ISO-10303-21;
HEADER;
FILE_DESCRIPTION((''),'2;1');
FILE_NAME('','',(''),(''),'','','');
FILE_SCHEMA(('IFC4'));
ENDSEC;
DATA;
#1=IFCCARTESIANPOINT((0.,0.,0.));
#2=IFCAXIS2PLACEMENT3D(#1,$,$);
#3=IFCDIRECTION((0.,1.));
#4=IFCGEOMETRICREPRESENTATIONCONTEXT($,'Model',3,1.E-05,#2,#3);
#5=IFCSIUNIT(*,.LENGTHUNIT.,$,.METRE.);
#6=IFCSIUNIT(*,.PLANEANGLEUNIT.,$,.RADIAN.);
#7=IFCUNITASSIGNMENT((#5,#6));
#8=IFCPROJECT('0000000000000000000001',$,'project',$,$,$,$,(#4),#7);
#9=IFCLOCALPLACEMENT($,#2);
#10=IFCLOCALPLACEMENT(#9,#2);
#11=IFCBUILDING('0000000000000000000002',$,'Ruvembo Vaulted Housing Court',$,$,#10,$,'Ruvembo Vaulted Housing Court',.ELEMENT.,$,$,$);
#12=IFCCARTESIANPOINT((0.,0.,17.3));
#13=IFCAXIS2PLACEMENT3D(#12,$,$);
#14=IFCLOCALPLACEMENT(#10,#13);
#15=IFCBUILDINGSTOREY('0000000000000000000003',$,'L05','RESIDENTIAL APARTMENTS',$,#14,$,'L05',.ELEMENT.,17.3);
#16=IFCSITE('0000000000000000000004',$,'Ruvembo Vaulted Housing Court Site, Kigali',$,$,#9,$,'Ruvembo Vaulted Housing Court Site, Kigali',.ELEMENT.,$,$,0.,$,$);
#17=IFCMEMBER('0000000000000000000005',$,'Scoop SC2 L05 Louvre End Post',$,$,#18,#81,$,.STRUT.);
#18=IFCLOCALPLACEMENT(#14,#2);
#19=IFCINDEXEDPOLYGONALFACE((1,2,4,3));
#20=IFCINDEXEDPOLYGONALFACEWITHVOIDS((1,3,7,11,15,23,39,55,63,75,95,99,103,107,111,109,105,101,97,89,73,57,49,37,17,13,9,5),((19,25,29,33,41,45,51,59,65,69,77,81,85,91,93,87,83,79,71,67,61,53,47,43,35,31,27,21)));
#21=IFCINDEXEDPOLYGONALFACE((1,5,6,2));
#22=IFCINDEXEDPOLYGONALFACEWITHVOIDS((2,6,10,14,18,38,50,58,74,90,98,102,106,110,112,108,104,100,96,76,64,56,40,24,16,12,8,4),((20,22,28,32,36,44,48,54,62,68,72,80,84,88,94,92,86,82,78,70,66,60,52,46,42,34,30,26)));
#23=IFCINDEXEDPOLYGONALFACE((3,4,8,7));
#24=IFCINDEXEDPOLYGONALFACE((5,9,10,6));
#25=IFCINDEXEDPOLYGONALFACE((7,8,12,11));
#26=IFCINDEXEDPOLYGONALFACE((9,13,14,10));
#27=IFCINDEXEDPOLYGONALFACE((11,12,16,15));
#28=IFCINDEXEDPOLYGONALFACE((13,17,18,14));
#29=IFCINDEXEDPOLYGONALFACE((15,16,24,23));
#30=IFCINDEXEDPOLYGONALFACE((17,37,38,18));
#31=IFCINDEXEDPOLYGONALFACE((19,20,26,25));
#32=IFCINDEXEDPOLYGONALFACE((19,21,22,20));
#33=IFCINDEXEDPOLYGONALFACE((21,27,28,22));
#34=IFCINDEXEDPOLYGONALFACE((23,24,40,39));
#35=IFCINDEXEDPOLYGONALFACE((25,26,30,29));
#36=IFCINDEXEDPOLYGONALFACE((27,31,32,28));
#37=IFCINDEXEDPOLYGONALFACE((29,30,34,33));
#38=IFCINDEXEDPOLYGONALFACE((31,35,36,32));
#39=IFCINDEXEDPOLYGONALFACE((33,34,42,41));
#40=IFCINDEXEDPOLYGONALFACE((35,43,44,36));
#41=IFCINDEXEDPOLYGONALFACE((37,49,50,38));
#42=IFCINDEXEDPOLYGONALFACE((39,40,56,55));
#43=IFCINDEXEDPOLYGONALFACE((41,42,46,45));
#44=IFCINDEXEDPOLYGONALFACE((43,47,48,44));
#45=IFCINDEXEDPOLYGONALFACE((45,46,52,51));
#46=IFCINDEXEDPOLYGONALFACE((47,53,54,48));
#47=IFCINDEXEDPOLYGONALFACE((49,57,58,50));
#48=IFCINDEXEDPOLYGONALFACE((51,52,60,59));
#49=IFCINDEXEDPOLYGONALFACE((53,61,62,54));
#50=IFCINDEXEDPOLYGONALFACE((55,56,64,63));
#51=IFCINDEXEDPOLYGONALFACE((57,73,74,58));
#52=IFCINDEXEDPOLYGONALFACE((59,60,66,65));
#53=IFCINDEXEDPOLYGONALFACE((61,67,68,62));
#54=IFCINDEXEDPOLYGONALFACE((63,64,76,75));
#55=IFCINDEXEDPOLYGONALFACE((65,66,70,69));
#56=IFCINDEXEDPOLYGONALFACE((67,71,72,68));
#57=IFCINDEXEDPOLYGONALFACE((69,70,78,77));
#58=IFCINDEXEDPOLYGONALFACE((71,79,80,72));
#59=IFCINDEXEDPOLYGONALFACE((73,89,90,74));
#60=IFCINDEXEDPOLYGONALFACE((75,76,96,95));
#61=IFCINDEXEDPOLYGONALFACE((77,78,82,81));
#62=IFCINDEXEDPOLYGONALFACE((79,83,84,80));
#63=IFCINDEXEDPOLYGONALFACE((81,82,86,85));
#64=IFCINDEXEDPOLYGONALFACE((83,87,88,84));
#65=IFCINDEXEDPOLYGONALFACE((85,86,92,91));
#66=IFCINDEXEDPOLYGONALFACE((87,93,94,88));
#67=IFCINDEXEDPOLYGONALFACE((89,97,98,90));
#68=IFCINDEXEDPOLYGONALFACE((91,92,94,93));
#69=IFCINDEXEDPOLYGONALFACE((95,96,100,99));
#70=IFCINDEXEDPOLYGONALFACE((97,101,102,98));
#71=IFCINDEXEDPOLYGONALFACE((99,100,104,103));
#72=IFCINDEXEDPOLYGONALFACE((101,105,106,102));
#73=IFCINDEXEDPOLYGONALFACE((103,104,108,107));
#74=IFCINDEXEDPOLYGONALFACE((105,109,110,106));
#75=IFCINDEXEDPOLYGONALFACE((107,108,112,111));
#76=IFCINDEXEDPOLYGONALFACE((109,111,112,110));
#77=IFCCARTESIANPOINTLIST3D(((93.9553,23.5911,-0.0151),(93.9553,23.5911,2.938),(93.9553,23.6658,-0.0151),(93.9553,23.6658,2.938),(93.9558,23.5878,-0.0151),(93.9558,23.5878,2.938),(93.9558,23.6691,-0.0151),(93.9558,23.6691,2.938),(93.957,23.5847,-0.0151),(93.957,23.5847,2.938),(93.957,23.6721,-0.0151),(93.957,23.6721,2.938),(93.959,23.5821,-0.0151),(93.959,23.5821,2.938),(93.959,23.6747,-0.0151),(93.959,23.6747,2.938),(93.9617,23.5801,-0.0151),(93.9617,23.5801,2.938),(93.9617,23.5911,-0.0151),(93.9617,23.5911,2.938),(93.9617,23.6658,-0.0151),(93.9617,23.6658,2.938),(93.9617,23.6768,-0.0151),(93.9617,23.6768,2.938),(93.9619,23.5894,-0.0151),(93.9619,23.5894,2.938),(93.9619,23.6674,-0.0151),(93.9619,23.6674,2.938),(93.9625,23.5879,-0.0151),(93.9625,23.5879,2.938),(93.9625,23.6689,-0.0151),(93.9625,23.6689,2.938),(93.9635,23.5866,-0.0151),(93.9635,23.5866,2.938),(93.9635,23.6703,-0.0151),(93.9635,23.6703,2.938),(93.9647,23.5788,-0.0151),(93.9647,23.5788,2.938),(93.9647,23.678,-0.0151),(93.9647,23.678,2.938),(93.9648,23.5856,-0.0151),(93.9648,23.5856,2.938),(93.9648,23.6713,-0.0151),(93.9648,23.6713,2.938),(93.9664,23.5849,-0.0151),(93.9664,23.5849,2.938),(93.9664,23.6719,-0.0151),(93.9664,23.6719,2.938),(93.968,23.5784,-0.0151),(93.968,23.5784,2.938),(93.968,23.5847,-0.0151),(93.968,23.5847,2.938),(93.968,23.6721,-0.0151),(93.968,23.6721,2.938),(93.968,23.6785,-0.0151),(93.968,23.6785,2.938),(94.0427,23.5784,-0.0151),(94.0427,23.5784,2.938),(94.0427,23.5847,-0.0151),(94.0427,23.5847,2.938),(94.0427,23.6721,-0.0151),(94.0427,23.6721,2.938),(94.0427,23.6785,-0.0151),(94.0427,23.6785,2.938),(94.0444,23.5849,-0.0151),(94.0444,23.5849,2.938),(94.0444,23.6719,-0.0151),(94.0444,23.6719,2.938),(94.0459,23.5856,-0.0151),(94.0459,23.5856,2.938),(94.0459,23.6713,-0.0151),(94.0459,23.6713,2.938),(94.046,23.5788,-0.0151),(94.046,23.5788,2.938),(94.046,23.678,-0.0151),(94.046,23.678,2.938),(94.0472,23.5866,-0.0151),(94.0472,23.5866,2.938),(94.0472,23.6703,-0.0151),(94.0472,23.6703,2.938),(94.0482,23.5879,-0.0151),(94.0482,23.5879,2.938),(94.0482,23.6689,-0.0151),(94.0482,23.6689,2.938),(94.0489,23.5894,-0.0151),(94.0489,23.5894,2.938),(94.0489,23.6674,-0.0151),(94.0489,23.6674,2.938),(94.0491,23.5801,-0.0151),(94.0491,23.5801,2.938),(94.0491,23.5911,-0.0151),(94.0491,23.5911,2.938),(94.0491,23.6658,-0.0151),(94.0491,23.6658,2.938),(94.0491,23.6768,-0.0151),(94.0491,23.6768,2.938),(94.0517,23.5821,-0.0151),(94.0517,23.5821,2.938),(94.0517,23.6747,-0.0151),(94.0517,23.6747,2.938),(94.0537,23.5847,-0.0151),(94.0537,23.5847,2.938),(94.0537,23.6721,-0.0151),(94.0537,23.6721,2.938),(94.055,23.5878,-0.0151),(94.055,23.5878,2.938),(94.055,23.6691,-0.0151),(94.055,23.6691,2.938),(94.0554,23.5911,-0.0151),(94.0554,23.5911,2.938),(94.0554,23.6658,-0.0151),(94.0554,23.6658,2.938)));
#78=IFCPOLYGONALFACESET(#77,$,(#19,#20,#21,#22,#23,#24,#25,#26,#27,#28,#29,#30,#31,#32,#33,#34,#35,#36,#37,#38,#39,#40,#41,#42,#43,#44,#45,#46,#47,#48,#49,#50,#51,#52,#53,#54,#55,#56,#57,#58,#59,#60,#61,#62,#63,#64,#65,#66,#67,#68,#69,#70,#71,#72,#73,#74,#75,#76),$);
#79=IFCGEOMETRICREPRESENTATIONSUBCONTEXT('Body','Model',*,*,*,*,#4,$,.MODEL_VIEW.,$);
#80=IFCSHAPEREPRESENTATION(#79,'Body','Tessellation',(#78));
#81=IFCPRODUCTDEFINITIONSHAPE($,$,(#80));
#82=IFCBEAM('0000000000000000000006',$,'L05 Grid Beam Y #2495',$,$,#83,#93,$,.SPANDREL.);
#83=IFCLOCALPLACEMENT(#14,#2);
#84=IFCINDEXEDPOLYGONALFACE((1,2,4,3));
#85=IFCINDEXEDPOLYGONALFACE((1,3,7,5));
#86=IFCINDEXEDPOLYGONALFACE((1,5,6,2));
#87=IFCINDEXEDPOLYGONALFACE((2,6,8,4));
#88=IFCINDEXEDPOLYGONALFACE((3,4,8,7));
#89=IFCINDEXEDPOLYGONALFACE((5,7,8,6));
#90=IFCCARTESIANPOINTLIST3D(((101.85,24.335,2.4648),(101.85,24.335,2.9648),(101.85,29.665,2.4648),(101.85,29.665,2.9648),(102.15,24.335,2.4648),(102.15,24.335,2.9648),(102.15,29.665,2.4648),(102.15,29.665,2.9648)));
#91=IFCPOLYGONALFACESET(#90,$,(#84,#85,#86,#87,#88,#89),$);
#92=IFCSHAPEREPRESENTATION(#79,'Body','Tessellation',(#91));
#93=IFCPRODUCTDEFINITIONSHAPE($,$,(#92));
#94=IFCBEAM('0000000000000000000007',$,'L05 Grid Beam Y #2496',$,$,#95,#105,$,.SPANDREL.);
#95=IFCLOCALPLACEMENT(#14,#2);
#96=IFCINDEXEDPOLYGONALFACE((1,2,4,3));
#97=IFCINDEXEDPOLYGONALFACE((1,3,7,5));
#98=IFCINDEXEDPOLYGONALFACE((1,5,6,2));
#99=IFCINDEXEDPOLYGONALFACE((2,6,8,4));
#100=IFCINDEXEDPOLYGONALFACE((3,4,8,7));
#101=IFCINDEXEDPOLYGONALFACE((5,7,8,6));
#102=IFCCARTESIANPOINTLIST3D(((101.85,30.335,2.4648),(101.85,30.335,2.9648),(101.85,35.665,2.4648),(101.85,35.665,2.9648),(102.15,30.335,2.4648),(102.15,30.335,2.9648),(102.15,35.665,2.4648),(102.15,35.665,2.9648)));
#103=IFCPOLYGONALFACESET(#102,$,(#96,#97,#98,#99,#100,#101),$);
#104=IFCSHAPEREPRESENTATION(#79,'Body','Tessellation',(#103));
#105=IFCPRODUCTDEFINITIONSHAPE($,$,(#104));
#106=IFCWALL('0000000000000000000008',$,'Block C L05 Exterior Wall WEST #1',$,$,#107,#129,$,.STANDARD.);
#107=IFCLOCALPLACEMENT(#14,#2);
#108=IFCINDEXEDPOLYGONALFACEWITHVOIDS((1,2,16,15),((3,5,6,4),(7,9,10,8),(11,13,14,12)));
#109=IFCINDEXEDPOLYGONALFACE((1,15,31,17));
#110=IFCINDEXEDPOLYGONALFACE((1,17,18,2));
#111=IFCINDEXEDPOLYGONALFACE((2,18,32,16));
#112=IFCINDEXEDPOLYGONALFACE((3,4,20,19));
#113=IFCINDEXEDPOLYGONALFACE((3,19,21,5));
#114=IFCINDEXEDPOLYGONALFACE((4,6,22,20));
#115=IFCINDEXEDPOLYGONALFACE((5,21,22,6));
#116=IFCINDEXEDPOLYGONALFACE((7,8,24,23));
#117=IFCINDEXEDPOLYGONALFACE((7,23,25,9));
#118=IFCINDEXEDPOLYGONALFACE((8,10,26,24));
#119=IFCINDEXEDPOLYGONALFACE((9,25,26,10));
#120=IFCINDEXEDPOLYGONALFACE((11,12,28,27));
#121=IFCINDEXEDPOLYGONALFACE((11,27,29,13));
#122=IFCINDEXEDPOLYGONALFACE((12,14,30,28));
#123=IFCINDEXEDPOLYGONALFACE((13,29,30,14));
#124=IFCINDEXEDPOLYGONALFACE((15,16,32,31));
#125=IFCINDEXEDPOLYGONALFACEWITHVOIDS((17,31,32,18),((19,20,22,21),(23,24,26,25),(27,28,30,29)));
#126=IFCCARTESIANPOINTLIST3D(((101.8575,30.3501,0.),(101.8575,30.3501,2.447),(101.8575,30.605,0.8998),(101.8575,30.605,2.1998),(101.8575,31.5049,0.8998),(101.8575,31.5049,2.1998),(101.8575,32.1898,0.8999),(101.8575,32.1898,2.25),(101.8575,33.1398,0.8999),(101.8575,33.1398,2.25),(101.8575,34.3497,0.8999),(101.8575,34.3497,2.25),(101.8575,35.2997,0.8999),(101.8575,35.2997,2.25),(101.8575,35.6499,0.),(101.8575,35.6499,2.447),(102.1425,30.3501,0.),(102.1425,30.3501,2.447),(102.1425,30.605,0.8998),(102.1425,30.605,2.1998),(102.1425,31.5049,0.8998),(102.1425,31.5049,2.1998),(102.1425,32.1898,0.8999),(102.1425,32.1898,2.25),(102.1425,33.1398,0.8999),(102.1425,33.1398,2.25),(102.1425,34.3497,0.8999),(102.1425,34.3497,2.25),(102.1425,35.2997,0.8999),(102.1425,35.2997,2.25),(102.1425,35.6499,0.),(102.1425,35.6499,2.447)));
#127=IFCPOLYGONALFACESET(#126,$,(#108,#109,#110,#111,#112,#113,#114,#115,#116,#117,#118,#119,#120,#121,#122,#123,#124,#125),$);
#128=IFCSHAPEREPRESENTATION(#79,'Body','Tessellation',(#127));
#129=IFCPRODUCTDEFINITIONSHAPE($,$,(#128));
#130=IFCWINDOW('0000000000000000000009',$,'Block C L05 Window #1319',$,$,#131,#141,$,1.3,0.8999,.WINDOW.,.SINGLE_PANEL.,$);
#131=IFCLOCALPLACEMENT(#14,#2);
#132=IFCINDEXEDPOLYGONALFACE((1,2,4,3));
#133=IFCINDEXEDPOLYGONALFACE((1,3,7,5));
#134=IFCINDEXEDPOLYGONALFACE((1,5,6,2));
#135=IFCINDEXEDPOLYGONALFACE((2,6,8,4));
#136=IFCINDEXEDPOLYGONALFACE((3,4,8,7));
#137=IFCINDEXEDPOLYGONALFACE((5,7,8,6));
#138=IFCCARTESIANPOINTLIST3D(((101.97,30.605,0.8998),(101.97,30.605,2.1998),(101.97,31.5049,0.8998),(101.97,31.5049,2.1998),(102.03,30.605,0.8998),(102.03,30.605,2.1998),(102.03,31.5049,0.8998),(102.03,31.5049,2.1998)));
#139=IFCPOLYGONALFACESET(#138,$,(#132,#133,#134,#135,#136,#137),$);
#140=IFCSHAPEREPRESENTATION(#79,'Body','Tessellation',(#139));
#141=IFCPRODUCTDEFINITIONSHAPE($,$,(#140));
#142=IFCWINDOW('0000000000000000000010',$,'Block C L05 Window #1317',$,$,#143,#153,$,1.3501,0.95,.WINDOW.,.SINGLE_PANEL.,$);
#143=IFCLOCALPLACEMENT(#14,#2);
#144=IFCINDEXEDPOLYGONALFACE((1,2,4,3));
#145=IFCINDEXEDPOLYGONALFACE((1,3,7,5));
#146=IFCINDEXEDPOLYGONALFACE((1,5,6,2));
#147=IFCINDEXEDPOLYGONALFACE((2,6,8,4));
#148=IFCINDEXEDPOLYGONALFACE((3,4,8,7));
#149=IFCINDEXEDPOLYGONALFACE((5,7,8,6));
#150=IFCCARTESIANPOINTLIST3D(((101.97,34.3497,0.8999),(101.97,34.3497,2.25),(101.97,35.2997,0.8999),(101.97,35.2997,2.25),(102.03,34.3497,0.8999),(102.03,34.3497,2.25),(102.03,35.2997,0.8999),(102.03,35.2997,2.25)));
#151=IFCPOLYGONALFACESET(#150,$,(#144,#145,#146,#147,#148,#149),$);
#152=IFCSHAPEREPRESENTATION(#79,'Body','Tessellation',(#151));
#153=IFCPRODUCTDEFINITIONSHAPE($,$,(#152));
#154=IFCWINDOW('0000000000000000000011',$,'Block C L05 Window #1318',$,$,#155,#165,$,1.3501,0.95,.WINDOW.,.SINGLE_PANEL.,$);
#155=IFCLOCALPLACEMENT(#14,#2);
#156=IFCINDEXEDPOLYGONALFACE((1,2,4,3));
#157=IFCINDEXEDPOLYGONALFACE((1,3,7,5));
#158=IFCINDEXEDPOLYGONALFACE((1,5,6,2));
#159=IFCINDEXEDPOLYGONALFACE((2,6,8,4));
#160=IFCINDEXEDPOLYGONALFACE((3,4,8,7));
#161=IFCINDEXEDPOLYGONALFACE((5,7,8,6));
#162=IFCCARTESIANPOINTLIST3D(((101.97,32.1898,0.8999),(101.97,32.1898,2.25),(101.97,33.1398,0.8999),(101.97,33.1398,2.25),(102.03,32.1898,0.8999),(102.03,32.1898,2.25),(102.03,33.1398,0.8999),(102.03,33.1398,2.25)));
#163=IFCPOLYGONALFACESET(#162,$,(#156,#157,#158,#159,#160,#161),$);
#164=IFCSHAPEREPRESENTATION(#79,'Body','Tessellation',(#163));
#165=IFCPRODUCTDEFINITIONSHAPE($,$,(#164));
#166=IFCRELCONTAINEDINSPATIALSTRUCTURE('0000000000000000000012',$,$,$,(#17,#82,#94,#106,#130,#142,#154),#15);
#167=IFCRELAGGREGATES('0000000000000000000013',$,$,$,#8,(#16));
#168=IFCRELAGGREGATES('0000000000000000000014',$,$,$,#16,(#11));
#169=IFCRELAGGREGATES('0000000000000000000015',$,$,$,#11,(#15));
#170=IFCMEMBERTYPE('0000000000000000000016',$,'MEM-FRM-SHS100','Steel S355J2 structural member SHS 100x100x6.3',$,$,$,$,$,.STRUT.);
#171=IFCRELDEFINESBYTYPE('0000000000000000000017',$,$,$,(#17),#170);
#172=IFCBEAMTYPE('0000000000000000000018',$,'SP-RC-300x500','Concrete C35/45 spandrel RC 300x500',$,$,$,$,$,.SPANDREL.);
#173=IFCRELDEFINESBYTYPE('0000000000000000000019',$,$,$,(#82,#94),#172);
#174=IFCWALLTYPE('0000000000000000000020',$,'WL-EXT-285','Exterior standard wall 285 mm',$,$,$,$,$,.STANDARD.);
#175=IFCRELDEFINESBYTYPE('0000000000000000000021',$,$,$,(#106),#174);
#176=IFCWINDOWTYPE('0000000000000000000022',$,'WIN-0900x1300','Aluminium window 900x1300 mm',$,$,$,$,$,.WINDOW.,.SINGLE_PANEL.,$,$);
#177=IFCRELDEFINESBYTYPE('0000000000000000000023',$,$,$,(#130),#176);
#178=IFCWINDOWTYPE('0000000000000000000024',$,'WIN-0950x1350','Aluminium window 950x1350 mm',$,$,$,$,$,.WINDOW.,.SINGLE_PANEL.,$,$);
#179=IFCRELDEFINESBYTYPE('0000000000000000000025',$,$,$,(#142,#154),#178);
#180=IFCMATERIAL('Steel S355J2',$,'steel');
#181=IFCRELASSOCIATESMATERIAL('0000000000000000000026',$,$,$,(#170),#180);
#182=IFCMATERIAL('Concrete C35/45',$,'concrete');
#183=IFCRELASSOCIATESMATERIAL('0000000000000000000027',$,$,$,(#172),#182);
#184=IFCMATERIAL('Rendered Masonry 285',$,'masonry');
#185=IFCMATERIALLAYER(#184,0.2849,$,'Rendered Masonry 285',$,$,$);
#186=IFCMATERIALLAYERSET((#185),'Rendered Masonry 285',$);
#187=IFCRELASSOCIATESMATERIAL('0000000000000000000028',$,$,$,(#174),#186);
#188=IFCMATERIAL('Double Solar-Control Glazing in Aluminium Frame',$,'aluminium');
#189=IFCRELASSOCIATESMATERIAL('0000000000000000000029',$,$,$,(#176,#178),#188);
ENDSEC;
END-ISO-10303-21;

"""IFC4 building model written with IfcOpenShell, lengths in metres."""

from ifc_helpers import new_model, si_unit, direction, frame, frame_2d, origin, origin_2d, place, context, subcontext, project, spatial, rectangle, hollow_rectangle, extrude, material, layer, layer_set, material_profile, profile_set, type_object, element, fill, save


model = new_model("IFC4")

# Units and contexts
model_context = context("Model", 3, precision=1e-05, world=origin(), true_north=direction((0.0, 1.0)))
body_context = subcontext(model_context, "Body", "Model", "MODEL_VIEW")
ifc_project = project(units=[si_unit("LENGTHUNIT", "METRE"), si_unit("PLANEANGLEUNIT", "RADIAN")], contexts=[model_context])

# Site, building, storey
site_placement = place(None, origin())
site = spatial("IfcSite", under=ifc_project, at=site_placement, Name="Ruvembo Vaulted Housing Court Site, Kigali", LongName="Ruvembo Vaulted Housing Court Site, Kigali", CompositionType="ELEMENT", RefElevation=0.0)
building_placement = place(site_placement, origin())
building = spatial("IfcBuilding", under=site, at=building_placement, Name="Ruvembo Vaulted Housing Court", LongName="Ruvembo Vaulted Housing Court", CompositionType="ELEMENT")
storey_placement = place(building_placement, frame((0.0, 0.0, 17.3)))
storey = spatial("IfcBuildingStorey", under=building, at=storey_placement, Name="L05", Description="RESIDENTIAL APARTMENTS", LongName="L05", CompositionType="ELEMENT", Elevation=17.3)

# Shared definitions
ifc_material_1 = material(Name="Concrete C35/45", Category="concrete")

# Shared definitions
ifc_material_2 = material(Name="Steel S355J2", Category="steel")

# Member
ifc_material_profile_1 = material_profile(ifc_material_2, hollow_rectangle(XDim=0.1001, YDim=0.1001, WallThickness=0.0063, InnerFilletRadius=0.0063, OuterFilletRadius=0.0127, at=origin_2d()), Name="SHS 100x100x6.3")
ifc_profile_set_1 = profile_set([ifc_material_profile_1], Name="Steel S355J2")
member_type_1 = type_object("IfcMemberType", Name="MEM-FRM-SHS100", Description="Steel S355J2 structural member SHS 100x100x6.3", PredefinedType="STRUT", material=ifc_profile_set_1)
for number, where, z_axis, x_axis, name in (
    (1, (94.0054, 23.6284, -0.0151), (0.0, 0.0, 1.0), (1.0, 0.0, 0.0), "Scoop SC2 L05 Louvre End Post"),
):
    element("IfcMember", number, at=place(storey_placement, frame(where, z_axis=z_axis, x_axis=x_axis)), inside=storey, type_object=member_type_1, Name=name, PredefinedType="STRUT", context=body_context, shape_type="SweptSolid", body=[
        extrude(hollow_rectangle(XDim=0.1001, YDim=0.1001, WallThickness=0.0063, InnerFilletRadius=0.0063, OuterFilletRadius=0.0127, at=origin_2d()), origin(), (0.0, 0.0, 1.0), 2.9531),
    ])

# Beams
ifc_material_profile_2 = material_profile(ifc_material_1, rectangle(XDim=0.3, YDim=0.5, at=origin_2d()), Name="RC 300x500")
ifc_profile_set_2 = profile_set([ifc_material_profile_2], Name="Concrete C35/45")
beam_type_1 = type_object("IfcBeamType", Name="SP-RC-300x500", Description="Concrete C35/45 spandrel RC 300x500", PredefinedType="SPANDREL", material=ifc_profile_set_2)
for number, where, z_axis, x_axis, name in (
    (2, (102.0, 24.335, 2.7148), (0.0, 1.0, 0.0), (-1.0, 0.0, 0.0), "L05 Grid Beam Y #2495"),
    (3, (102.0, 30.335, 2.7148), (0.0, 1.0, 0.0), (-1.0, 0.0, 0.0), "L05 Grid Beam Y #2496"),
):
    element("IfcBeam", number, at=place(storey_placement, frame(where, z_axis=z_axis, x_axis=x_axis)), inside=storey, type_object=beam_type_1, Name=name, PredefinedType="SPANDREL", context=body_context, shape_type="SweptSolid", body=[
        extrude(rectangle(XDim=0.3, YDim=0.5, at=origin_2d()), origin(), (0.0, 0.0, 1.0), 5.3301),
    ])

# Wall, openings, windows
ifc_material_3 = material(Name="Rendered Masonry 285", Category="masonry")
ifc_layer_1 = layer(ifc_material_3, 0.2849, Name="Rendered Masonry 285")
ifc_layer_set_1 = layer_set([ifc_layer_1], Name="Rendered Masonry 285")
wall_type = type_object("IfcWallType", Name="WL-EXT-285", Description="Exterior standard wall 285 mm", PredefinedType="STANDARD", material=ifc_layer_set_1)
wall_1_placement = place(storey_placement, frame((102.0, 35.6499, 0.0), z_axis=(0.0, 0.0, 1.0), x_axis=(0.0, -1.0, 0.0)))
wall_1 = element("IfcWall", 4, at=wall_1_placement, inside=storey, type_object=wall_type, Name="Block C L05 Exterior Wall WEST #1", PredefinedType="STANDARD", context=body_context, shape_type="SweptSolid", body=[
    extrude(rectangle(XDim=5.2998, YDim=0.2849, at=frame_2d((2.6499, 0.0))), origin(), (0.0, 0.0, 1.0), 2.447),
])
opening_1_placement = place(wall_1_placement, frame((0.3501, 0.0, 0.8999)))
opening_1 = element("IfcOpeningElement", 5, at=opening_1_placement, cuts=wall_1, PredefinedType="OPENING", context=body_context, shape_type="SweptSolid", body=[
    extrude(rectangle(XDim=0.95, YDim=1.3501, at=frame_2d((0.4751, 0.675))), frame((0.0, 0.1523, 0.0), z_axis=(0.0, -1.0, 0.0), x_axis=(1.0, 0.0, 0.0)), (0.0, 0.0, 1.0), 0.3049),
])
opening_2_placement = place(wall_1_placement, frame((2.51, 0.0, 0.8999)))
opening_2 = element("IfcOpeningElement", 6, at=opening_2_placement, cuts=wall_1, PredefinedType="OPENING", context=body_context, shape_type="SweptSolid", body=[
    extrude(rectangle(XDim=0.95, YDim=1.3501, at=frame_2d((0.4751, 0.675))), frame((0.0, 0.1523, 0.0), z_axis=(0.0, -1.0, 0.0), x_axis=(1.0, 0.0, 0.0)), (0.0, 0.0, 1.0), 0.3049),
])
opening_3_placement = place(wall_1_placement, frame((4.145, 0.0, 0.8999)))
opening_3 = element("IfcOpeningElement", 7, at=opening_3_placement, cuts=wall_1, PredefinedType="OPENING", context=body_context, shape_type="SweptSolid", body=[
    extrude(rectangle(XDim=0.8999, YDim=1.3, at=frame_2d((0.45, 0.6499))), frame((0.0, 0.1523, 0.0), z_axis=(0.0, -1.0, 0.0), x_axis=(1.0, 0.0, 0.0)), (0.0, 0.0, 1.0), 0.3049),
])
ifc_material_4 = material(Name="Double Solar-Control Glazing in Aluminium Frame", Category="aluminium")
window_type_1 = type_object("IfcWindowType", Name="WIN-0900x1300", Description="Aluminium window 900x1300 mm", PartitioningType="SINGLE_PANEL", PredefinedType="WINDOW", material=ifc_material_4)
window_1_placement = place(opening_3_placement, origin())
window_1 = element("IfcWindow", 8, at=window_1_placement, inside=storey, type_object=window_type_1, Name="Block C L05 Window #1319", OverallHeight=1.3, OverallWidth=0.8999, PartitioningType="SINGLE_PANEL", PredefinedType="WINDOW", context=body_context, shape_type="SweptSolid", body=[
    extrude(rectangle(XDim=0.8999, YDim=1.3, at=frame_2d((0.45, 0.6499))), frame((0.0, 0.03, 0.0), z_axis=(0.0, -1.0, 0.0), x_axis=(1.0, 0.0, 0.0)), (0.0, 0.0, 1.0), 0.0601),
])
fill(opening_3, window_1)
window_type_2 = type_object("IfcWindowType", Name="WIN-0950x1350", Description="Aluminium window 950x1350 mm", PartitioningType="SINGLE_PANEL", PredefinedType="WINDOW", material=ifc_material_4)
window_2_placement = place(opening_1_placement, origin())
window_2 = element("IfcWindow", 9, at=window_2_placement, inside=storey, type_object=window_type_2, Name="Block C L05 Window #1317", OverallHeight=1.3501, OverallWidth=0.95, PartitioningType="SINGLE_PANEL", PredefinedType="WINDOW", context=body_context, shape_type="SweptSolid", body=[
    extrude(rectangle(XDim=0.95, YDim=1.3501, at=frame_2d((0.4751, 0.675))), frame((0.0, 0.03, 0.0), z_axis=(0.0, -1.0, 0.0), x_axis=(1.0, 0.0, 0.0)), (0.0, 0.0, 1.0), 0.0601),
])
fill(opening_1, window_2)
window_3_placement = place(opening_2_placement, origin())
window_3 = element("IfcWindow", 10, at=window_3_placement, inside=storey, type_object=window_type_2, Name="Block C L05 Window #1318", OverallHeight=1.3501, OverallWidth=0.95, PartitioningType="SINGLE_PANEL", PredefinedType="WINDOW", context=body_context, shape_type="SweptSolid", body=[
    extrude(rectangle(XDim=0.95, YDim=1.3501, at=frame_2d((0.4751, 0.675))), frame((0.0, 0.03, 0.0), z_axis=(0.0, -1.0, 0.0), x_axis=(1.0, 0.0, 0.0)), (0.0, 0.0, 1.0), 0.0601),
])
fill(opening_2, window_3)

save(model, "model.ifc")
